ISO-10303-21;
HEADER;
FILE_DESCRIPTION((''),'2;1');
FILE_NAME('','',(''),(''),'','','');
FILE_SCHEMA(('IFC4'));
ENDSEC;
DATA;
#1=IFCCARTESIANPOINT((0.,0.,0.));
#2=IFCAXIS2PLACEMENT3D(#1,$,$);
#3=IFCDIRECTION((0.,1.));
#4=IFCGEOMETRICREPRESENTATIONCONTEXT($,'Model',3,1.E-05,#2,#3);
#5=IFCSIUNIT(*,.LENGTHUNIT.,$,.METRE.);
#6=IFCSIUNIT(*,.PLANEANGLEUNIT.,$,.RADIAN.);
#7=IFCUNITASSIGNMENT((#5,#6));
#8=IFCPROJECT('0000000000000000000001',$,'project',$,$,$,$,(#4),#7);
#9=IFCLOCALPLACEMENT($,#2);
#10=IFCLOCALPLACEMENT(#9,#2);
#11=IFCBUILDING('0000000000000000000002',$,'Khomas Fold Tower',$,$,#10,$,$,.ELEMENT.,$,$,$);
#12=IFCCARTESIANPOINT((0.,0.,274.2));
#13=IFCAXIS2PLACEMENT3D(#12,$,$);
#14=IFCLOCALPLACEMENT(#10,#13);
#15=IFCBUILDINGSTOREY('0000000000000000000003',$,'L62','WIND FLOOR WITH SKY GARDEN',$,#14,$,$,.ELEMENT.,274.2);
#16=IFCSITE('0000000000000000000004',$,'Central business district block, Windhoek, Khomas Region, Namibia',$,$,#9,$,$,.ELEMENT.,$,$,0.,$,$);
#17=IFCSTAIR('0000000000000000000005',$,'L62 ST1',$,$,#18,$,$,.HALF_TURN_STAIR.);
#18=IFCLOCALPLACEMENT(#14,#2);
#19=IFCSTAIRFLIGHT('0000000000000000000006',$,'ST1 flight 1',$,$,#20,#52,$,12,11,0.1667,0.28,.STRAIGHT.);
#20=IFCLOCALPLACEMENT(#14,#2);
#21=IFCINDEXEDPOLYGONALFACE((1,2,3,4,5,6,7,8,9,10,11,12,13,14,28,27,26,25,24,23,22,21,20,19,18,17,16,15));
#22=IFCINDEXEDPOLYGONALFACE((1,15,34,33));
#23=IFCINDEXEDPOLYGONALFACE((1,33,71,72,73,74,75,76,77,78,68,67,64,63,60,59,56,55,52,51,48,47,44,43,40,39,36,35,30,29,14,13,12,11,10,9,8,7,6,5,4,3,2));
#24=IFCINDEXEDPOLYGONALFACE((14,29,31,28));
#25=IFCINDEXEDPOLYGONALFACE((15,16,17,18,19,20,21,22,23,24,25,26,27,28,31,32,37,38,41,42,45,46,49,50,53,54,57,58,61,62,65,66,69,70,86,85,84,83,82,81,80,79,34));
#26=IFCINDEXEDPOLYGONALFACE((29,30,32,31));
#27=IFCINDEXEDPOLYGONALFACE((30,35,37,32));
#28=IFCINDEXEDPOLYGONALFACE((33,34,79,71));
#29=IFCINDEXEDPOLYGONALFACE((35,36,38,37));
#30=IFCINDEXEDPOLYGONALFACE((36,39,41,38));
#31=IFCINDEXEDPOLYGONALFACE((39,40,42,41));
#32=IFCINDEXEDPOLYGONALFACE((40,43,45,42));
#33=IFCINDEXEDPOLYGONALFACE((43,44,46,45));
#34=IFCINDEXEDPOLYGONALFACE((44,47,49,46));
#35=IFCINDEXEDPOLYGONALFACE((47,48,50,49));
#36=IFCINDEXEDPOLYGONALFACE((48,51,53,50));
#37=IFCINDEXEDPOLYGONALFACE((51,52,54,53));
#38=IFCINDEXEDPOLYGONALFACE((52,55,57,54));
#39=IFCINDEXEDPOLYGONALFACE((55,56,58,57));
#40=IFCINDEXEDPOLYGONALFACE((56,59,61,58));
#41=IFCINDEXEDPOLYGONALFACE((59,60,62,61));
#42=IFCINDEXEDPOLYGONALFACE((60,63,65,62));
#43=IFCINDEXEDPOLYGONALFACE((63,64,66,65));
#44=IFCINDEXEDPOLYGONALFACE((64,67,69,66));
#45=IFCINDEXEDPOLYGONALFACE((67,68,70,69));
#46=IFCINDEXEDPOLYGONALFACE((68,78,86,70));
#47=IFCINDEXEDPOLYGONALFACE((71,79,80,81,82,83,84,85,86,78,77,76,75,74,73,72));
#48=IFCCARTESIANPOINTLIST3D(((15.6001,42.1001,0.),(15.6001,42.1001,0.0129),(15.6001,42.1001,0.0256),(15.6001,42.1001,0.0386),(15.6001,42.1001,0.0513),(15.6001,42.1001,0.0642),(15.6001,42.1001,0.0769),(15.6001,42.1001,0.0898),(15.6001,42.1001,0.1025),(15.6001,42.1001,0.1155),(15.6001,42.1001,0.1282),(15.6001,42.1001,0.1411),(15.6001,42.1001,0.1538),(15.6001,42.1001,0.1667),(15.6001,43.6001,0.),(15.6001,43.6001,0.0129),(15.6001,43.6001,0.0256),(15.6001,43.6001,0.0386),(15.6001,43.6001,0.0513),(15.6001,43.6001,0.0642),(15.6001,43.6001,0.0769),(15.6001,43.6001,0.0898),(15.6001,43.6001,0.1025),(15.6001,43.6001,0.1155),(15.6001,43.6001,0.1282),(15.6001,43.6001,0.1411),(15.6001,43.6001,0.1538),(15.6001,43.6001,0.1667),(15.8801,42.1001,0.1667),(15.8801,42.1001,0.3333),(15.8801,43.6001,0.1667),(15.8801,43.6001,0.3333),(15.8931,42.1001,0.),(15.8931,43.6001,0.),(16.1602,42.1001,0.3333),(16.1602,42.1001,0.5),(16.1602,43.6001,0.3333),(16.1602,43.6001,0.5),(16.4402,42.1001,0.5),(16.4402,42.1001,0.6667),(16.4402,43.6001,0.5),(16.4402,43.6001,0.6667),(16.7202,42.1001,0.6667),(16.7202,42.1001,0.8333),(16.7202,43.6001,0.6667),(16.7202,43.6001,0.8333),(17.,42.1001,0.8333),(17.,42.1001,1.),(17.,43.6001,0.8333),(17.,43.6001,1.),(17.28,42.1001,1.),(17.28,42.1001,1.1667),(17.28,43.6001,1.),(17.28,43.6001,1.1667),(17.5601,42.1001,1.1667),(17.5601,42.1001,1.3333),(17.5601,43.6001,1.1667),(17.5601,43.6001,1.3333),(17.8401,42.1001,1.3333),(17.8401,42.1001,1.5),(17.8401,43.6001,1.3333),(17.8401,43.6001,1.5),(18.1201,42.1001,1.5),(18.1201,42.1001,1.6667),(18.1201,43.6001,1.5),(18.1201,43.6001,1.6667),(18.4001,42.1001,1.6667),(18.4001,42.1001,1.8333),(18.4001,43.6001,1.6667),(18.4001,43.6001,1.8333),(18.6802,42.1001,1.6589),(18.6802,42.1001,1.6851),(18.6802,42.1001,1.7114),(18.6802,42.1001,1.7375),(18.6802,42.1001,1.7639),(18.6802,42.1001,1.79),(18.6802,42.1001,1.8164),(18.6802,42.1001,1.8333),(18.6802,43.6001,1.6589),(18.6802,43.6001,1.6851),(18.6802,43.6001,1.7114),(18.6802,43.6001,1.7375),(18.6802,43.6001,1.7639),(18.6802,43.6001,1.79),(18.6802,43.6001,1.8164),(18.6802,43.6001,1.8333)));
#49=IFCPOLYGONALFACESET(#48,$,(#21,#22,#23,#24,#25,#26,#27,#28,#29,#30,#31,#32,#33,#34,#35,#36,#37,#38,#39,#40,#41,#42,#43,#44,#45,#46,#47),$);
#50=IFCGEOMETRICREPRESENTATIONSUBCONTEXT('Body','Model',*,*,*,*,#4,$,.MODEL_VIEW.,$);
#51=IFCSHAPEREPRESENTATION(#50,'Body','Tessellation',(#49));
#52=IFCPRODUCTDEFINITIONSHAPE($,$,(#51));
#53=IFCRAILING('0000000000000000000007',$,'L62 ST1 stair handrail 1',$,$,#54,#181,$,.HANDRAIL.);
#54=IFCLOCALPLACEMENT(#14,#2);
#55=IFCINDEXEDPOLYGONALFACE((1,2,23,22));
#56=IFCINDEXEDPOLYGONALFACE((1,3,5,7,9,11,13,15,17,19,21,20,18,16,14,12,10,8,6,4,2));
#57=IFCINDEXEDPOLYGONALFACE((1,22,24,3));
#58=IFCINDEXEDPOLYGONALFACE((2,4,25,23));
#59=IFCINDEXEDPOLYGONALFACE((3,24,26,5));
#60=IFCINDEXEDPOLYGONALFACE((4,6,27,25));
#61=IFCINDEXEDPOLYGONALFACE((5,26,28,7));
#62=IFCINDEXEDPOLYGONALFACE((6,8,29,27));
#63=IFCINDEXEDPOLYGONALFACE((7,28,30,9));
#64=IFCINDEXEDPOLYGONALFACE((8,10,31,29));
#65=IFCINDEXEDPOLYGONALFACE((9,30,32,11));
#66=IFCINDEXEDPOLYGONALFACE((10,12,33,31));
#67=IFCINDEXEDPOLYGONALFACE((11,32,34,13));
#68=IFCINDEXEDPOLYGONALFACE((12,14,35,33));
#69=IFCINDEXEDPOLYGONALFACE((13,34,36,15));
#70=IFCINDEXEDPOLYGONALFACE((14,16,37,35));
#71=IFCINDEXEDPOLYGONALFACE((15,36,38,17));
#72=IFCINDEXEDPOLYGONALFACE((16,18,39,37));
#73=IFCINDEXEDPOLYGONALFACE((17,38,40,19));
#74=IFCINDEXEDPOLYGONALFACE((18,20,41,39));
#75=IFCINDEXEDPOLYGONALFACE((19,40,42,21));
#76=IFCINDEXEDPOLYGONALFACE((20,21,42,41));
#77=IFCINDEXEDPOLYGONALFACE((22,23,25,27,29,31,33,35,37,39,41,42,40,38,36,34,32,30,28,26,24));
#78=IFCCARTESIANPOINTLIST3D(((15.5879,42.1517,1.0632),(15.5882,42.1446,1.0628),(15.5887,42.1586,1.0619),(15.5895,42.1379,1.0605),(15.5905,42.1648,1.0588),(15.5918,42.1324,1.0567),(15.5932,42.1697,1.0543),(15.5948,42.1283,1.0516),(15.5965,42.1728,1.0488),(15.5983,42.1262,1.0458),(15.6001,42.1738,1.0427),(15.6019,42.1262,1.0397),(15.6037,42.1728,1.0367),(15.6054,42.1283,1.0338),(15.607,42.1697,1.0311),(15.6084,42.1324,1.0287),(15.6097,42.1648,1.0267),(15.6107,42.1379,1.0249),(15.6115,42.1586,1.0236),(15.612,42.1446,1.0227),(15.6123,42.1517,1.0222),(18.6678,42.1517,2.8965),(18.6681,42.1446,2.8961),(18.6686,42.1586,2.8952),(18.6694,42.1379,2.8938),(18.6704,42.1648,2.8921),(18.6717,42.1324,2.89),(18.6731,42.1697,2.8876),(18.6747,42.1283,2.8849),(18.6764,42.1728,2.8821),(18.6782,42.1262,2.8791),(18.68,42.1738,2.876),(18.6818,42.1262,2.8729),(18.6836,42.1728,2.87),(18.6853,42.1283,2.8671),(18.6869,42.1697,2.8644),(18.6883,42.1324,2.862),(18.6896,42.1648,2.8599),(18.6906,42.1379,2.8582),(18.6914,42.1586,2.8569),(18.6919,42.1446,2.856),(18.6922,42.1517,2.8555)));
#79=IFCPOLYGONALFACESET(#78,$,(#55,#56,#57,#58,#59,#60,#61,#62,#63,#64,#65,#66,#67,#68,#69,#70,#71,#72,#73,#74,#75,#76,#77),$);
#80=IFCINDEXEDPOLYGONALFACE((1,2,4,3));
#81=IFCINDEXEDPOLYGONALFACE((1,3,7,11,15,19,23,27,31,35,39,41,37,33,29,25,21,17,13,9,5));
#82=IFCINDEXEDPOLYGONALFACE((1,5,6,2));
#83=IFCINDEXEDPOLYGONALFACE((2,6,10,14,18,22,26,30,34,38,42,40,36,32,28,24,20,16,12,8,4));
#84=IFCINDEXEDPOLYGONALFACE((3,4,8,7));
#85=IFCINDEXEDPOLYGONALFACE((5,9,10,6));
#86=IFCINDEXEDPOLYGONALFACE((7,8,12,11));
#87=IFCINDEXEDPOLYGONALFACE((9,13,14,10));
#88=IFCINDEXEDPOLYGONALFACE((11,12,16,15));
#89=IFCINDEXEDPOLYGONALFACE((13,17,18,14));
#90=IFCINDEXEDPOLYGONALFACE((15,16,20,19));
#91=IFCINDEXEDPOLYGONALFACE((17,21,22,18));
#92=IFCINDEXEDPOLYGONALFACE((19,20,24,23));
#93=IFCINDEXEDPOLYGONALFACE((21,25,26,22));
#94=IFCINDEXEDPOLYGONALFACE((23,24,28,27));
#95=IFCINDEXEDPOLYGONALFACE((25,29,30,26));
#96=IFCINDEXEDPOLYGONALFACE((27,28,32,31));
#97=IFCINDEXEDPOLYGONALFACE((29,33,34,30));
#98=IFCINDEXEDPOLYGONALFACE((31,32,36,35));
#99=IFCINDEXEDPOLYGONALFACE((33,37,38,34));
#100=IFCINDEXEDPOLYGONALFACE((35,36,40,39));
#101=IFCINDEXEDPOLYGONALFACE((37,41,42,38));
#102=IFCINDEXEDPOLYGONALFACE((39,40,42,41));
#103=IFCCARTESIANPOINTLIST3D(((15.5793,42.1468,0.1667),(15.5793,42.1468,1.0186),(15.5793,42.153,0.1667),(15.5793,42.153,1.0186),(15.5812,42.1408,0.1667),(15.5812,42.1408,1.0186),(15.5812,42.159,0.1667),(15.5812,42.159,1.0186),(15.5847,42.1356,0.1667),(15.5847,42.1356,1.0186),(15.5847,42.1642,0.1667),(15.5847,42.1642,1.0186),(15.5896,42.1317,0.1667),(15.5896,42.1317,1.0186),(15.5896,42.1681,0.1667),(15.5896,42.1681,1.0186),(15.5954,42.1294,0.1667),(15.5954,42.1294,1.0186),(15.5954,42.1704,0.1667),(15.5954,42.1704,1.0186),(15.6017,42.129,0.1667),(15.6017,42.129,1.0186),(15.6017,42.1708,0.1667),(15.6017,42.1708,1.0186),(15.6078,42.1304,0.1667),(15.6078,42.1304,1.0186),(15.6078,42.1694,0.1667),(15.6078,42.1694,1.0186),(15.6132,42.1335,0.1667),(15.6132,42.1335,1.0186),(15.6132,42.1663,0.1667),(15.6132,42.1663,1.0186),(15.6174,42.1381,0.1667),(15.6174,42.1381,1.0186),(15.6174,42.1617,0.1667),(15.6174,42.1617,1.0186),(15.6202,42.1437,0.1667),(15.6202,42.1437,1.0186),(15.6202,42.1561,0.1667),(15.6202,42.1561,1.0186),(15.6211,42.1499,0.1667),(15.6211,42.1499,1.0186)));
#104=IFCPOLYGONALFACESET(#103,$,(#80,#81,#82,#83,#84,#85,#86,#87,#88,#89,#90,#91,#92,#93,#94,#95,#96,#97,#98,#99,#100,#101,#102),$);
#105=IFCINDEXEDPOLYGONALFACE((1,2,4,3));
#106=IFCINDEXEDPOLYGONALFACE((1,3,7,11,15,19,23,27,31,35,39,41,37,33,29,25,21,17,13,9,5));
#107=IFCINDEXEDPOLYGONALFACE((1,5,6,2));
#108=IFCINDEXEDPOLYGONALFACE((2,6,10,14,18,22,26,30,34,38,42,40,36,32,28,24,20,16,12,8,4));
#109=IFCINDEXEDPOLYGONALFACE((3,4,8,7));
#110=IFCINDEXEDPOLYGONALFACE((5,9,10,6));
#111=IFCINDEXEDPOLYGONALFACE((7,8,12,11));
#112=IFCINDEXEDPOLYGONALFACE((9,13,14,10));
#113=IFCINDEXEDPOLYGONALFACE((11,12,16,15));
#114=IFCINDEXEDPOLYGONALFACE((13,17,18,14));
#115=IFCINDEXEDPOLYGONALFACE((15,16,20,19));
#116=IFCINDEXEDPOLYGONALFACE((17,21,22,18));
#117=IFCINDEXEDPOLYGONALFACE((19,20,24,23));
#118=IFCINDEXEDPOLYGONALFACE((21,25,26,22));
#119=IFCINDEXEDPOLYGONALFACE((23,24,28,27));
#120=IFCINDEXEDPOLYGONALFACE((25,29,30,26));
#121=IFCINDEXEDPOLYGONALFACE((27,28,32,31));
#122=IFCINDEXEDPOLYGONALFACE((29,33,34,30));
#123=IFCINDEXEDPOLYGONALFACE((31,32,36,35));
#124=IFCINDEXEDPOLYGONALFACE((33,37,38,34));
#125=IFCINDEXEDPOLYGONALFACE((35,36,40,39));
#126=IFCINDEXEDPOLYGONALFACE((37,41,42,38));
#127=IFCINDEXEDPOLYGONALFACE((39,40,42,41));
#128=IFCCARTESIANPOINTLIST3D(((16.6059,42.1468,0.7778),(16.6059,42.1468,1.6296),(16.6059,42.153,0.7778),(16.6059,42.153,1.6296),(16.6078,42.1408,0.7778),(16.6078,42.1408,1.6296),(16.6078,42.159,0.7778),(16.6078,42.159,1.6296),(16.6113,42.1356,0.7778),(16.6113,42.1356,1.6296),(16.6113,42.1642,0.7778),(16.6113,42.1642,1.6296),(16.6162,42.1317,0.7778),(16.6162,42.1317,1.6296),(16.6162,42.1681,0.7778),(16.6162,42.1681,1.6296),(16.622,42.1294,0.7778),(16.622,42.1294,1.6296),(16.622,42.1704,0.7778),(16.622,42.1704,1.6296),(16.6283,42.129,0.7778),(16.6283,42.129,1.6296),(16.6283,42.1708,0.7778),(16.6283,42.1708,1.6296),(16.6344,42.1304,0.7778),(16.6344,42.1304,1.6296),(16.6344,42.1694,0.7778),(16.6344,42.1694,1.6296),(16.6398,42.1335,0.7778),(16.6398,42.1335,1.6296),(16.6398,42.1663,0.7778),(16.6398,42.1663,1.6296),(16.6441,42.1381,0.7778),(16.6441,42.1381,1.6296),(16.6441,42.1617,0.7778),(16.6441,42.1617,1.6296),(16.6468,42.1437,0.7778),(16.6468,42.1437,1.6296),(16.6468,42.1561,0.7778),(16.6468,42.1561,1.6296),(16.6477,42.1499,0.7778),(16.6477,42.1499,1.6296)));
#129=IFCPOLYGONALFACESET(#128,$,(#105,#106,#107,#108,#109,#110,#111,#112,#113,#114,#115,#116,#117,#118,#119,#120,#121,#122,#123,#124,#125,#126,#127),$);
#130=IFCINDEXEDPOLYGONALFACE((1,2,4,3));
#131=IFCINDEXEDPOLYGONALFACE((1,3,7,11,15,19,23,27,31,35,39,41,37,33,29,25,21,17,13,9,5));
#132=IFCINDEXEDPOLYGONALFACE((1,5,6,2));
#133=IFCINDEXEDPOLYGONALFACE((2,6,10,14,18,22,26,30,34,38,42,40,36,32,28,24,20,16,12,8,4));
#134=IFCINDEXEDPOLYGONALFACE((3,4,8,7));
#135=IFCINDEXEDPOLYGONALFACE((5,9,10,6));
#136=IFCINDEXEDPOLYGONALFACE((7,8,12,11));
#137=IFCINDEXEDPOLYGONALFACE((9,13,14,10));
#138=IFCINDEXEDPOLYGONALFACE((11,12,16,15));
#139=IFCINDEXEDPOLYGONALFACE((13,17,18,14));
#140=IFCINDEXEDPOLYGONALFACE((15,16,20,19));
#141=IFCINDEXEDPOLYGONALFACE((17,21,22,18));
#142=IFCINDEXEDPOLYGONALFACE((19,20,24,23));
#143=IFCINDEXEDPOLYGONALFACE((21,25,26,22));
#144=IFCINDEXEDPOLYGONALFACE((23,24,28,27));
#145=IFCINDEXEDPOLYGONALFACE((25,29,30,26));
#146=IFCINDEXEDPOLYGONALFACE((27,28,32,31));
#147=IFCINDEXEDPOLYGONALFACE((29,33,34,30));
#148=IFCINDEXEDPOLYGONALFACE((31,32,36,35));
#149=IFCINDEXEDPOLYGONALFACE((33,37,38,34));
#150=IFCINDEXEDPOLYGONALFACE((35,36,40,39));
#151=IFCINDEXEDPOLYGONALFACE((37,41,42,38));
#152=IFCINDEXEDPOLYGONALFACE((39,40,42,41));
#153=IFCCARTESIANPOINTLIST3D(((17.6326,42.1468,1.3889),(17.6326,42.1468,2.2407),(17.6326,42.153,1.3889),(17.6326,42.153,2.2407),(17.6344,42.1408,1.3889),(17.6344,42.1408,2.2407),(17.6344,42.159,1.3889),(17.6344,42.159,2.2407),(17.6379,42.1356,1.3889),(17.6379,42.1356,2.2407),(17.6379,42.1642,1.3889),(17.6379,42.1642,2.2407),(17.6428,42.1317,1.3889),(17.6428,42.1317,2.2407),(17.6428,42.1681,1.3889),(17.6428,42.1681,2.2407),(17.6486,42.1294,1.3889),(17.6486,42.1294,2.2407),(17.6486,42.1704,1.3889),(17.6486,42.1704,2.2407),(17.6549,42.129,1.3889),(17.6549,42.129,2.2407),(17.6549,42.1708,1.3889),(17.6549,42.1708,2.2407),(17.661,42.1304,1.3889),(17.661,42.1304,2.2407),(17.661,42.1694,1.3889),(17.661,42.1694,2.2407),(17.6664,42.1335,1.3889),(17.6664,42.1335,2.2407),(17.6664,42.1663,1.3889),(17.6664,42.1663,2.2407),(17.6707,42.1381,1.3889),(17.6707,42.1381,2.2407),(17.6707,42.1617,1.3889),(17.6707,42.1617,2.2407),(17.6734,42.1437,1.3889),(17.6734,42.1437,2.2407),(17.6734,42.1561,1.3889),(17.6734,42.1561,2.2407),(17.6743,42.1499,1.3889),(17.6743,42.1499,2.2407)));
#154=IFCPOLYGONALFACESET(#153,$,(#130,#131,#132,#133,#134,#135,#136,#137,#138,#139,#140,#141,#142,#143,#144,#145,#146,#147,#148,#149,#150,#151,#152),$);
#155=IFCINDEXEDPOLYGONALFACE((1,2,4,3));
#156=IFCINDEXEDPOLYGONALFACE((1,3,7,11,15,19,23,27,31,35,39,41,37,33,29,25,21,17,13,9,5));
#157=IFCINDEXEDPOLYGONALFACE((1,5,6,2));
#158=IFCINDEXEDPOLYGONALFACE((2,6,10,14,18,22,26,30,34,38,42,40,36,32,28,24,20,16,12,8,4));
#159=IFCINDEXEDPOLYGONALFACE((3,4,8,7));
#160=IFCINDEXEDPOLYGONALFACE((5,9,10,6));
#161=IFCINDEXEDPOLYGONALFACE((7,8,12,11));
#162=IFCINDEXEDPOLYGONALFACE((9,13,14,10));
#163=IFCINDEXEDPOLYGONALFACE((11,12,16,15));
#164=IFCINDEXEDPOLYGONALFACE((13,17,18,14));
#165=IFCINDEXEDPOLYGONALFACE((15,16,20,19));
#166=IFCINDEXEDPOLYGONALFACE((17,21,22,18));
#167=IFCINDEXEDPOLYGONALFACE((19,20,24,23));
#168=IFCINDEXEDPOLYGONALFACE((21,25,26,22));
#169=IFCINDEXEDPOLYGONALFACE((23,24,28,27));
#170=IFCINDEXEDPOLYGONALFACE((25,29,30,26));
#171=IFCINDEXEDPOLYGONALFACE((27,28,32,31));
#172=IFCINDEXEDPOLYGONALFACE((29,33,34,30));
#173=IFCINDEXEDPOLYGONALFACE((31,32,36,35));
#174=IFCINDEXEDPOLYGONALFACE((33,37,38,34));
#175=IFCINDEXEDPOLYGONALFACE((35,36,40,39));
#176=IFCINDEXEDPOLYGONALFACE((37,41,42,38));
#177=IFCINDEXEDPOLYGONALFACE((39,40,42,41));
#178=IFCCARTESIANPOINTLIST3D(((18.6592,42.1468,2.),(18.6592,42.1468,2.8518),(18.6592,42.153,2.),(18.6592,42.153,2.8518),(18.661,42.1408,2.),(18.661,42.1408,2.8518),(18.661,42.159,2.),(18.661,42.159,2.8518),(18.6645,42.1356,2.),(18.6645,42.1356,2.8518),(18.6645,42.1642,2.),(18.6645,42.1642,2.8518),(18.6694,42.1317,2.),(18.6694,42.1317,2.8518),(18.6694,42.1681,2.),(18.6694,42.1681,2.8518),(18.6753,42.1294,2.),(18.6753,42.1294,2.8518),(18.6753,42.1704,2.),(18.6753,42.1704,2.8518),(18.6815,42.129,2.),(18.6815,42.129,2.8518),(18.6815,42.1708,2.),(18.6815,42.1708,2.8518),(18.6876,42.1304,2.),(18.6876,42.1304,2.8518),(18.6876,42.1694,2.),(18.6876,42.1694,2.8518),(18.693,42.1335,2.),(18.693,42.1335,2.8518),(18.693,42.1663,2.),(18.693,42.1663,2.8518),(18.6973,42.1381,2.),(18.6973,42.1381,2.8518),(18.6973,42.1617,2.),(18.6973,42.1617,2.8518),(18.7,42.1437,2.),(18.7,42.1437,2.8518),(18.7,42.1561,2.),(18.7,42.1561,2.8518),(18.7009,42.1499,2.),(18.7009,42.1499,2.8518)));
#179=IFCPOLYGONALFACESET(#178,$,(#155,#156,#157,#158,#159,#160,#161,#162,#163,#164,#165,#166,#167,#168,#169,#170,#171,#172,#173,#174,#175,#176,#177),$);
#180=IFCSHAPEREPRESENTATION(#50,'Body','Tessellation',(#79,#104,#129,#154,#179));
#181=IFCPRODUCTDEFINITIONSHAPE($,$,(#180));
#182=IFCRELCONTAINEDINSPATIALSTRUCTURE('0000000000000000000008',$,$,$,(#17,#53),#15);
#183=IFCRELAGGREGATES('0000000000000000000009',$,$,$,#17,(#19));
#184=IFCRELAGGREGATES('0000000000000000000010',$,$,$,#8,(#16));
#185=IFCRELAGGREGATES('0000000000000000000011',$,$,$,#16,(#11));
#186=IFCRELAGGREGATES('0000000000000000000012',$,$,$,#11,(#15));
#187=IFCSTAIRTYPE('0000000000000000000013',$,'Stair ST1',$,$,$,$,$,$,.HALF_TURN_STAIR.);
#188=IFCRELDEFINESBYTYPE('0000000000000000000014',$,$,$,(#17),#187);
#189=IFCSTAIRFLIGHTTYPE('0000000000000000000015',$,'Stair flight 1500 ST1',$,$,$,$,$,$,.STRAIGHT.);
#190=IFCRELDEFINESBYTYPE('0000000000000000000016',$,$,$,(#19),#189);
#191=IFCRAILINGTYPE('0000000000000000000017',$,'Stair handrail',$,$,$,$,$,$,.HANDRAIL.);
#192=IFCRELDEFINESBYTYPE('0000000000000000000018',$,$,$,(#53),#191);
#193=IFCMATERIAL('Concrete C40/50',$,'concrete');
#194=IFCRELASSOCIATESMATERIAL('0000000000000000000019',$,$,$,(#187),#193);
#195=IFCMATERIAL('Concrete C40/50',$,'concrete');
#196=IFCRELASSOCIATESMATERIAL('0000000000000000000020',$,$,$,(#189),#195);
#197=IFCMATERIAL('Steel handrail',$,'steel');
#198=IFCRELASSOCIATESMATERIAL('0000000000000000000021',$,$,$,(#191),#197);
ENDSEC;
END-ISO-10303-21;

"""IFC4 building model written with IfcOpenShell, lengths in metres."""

from ifc_helpers import new_model, si_unit, direction, frame, origin, origin_2d, place, context, subcontext, project, spatial, polyline, circle, outline, extrude, source, transform, mapped, material, type_object, element, aggregate, save


model = new_model("IFC4")

# Units and contexts
model_context = context("Model", 3, precision=1e-05, world=origin(), true_north=direction((0.0, 1.0)))
body_context = subcontext(model_context, "Body", "Model", "MODEL_VIEW")
ifc_project = project(units=[si_unit("LENGTHUNIT", "METRE"), si_unit("PLANEANGLEUNIT", "RADIAN")], contexts=[model_context])

# Site, building, storey
site_placement = place(None, origin())
site = spatial("IfcSite", under=ifc_project, at=site_placement, Name="Central business district block, Windhoek, Khomas Region, Namibia", CompositionType="ELEMENT", RefElevation=0.0)
building_placement = place(site_placement, origin())
building = spatial("IfcBuilding", under=site, at=building_placement, Name="Khomas Fold Tower", CompositionType="ELEMENT")
storey_placement = place(building_placement, frame((0.0, 0.0, 274.2)))
storey = spatial("IfcBuildingStorey", under=building, at=storey_placement, Name="L62", Description="WIND FLOOR WITH SKY GARDEN", CompositionType="ELEMENT", Elevation=274.2)

# Stair, stair flight
ifc_material_1 = material(Name="Concrete C40/50", Category="concrete")
stair_type = type_object("IfcStairType", Name="Stair ST1", PredefinedType="HALF_TURN_STAIR", material=ifc_material_1)
stair_placement = place(storey_placement, origin())
stair = element("IfcStair", 1, at=stair_placement, inside=storey, type_object=stair_type, Name="L62 ST1", PredefinedType="HALF_TURN_STAIR")
ifc_material_2 = material(Name="Concrete C40/50", Category="concrete")
stair_flight_type = type_object("IfcStairFlightType", Name="Stair flight 1500 ST1", PredefinedType="STRAIGHT", material=ifc_material_2)
shared_shape_1 = source(origin(), body_context, "Body", "SweptSolid", [
    extrude(outline(polyline([(0.0, 0.0), (0.0, 0.0129), (0.0, 0.0256), (0.0, 0.0386), (0.0, 0.0513), (0.0, 0.0642), (0.0, 0.0769), (0.0, 0.0898), (0.0, 0.1025), (0.0, 0.1155), (0.0, 0.1282), (0.0, 0.1411), (0.0, 0.1538), (0.0, 0.1667), (0.28, 0.1667), (0.28, 0.3333), (0.5601, 0.3333), (0.5601, 0.5), (0.8401, 0.5), (0.8401, 0.6667), (1.1201, 0.6667), (1.1201, 0.8333), (1.3999, 0.8333), (1.3999, 1.0), (1.6799, 1.0), (1.6799, 1.1667), (1.96, 1.1667), (1.96, 1.3333), (2.24, 1.3333), (2.24, 1.5), (2.52, 1.5), (2.52, 1.6667), (2.8, 1.6667), (2.8, 1.8333), (3.0801, 1.8333), (3.0801, 2.0), (3.0801, 1.9739), (3.0801, 1.9475), (3.0801, 1.9214), (3.0801, 1.895), (3.0801, 1.8689), (3.0801, 1.8425), (3.0801, 1.8164), (3.0801, 1.79), (3.0801, 1.7639), (3.0801, 1.7375), (3.0801, 1.7114), (3.0801, 1.6851), (3.0801, 1.6589), (0.293, 0.0), (0.0, 0.0)])), frame((0.0, 0.75, 0.0), z_axis=(0.0, -1.0, 0.0), x_axis=(1.0, 0.0, 0.0)), (0.0, 0.0, 1.0), 1.5),
])
stair_flight_placement = place(storey_placement, frame((15.6001, 42.8501, 0.0), z_axis=(0.0, 0.0, 1.0), x_axis=(1.0, 0.0, 0.0)))
stair_flight = element("IfcStairFlight", 2, at=stair_flight_placement, type_object=stair_flight_type, Name="ST1 flight 1", NumberOfRisers=12, NumberOfTreads=11, PredefinedType="STRAIGHT", RiserHeight=0.1667, TreadLength=0.28, context=body_context, shape_type="MappedRepresentation", body=[
    mapped(shared_shape_1, transform((0.0, 0.0, 0.0))),
])
aggregate(stair, [stair_flight])

# Railing
ifc_material_3 = material(Name="Steel handrail", Category="steel")
railing_type = type_object("IfcRailingType", Name="Stair handrail", PredefinedType="HANDRAIL", material=ifc_material_3)
shared_shape_2 = source(origin(), body_context, "Body", "SweptSolid", [
    extrude(circle(Radius=0.0239, at=origin_2d()), frame((0.0, 0.0, 0.876), z_axis=(0.859291, 0.0, 0.511487), x_axis=(0.0, 1.0, 0.0)), (0.0, 0.0, 1.0), 3.5842),
    extrude(circle(Radius=0.021, at=origin_2d()), origin(), (0.0, 0.0, 1.0), 0.8518),
    extrude(circle(Radius=0.021, at=origin_2d()), frame((1.0266, 0.0, 0.6111)), (0.0, 0.0, 1.0), 0.8518),
    extrude(circle(Radius=0.021, at=origin_2d()), frame((2.0532, 0.0, 1.2222)), (0.0, 0.0, 1.0), 0.8518),
    extrude(circle(Radius=0.021, at=origin_2d()), frame((3.0798, 0.0, 1.8333)), (0.0, 0.0, 1.0), 0.8518),
])
for number, where, name in (
    (3, (15.6001, 42.1499, 0.1667), "L62 ST1 stair handrail 1"),
):
    element("IfcRailing", number, at=place(storey_placement, frame(where)), inside=storey, type_object=railing_type, Name=name, PredefinedType="HANDRAIL", context=body_context, shape_type="MappedRepresentation", body=[
        mapped(shared_shape_2, transform((0.0, 0.0, 0.0))),
    ])

save(model, "model.ifc")
